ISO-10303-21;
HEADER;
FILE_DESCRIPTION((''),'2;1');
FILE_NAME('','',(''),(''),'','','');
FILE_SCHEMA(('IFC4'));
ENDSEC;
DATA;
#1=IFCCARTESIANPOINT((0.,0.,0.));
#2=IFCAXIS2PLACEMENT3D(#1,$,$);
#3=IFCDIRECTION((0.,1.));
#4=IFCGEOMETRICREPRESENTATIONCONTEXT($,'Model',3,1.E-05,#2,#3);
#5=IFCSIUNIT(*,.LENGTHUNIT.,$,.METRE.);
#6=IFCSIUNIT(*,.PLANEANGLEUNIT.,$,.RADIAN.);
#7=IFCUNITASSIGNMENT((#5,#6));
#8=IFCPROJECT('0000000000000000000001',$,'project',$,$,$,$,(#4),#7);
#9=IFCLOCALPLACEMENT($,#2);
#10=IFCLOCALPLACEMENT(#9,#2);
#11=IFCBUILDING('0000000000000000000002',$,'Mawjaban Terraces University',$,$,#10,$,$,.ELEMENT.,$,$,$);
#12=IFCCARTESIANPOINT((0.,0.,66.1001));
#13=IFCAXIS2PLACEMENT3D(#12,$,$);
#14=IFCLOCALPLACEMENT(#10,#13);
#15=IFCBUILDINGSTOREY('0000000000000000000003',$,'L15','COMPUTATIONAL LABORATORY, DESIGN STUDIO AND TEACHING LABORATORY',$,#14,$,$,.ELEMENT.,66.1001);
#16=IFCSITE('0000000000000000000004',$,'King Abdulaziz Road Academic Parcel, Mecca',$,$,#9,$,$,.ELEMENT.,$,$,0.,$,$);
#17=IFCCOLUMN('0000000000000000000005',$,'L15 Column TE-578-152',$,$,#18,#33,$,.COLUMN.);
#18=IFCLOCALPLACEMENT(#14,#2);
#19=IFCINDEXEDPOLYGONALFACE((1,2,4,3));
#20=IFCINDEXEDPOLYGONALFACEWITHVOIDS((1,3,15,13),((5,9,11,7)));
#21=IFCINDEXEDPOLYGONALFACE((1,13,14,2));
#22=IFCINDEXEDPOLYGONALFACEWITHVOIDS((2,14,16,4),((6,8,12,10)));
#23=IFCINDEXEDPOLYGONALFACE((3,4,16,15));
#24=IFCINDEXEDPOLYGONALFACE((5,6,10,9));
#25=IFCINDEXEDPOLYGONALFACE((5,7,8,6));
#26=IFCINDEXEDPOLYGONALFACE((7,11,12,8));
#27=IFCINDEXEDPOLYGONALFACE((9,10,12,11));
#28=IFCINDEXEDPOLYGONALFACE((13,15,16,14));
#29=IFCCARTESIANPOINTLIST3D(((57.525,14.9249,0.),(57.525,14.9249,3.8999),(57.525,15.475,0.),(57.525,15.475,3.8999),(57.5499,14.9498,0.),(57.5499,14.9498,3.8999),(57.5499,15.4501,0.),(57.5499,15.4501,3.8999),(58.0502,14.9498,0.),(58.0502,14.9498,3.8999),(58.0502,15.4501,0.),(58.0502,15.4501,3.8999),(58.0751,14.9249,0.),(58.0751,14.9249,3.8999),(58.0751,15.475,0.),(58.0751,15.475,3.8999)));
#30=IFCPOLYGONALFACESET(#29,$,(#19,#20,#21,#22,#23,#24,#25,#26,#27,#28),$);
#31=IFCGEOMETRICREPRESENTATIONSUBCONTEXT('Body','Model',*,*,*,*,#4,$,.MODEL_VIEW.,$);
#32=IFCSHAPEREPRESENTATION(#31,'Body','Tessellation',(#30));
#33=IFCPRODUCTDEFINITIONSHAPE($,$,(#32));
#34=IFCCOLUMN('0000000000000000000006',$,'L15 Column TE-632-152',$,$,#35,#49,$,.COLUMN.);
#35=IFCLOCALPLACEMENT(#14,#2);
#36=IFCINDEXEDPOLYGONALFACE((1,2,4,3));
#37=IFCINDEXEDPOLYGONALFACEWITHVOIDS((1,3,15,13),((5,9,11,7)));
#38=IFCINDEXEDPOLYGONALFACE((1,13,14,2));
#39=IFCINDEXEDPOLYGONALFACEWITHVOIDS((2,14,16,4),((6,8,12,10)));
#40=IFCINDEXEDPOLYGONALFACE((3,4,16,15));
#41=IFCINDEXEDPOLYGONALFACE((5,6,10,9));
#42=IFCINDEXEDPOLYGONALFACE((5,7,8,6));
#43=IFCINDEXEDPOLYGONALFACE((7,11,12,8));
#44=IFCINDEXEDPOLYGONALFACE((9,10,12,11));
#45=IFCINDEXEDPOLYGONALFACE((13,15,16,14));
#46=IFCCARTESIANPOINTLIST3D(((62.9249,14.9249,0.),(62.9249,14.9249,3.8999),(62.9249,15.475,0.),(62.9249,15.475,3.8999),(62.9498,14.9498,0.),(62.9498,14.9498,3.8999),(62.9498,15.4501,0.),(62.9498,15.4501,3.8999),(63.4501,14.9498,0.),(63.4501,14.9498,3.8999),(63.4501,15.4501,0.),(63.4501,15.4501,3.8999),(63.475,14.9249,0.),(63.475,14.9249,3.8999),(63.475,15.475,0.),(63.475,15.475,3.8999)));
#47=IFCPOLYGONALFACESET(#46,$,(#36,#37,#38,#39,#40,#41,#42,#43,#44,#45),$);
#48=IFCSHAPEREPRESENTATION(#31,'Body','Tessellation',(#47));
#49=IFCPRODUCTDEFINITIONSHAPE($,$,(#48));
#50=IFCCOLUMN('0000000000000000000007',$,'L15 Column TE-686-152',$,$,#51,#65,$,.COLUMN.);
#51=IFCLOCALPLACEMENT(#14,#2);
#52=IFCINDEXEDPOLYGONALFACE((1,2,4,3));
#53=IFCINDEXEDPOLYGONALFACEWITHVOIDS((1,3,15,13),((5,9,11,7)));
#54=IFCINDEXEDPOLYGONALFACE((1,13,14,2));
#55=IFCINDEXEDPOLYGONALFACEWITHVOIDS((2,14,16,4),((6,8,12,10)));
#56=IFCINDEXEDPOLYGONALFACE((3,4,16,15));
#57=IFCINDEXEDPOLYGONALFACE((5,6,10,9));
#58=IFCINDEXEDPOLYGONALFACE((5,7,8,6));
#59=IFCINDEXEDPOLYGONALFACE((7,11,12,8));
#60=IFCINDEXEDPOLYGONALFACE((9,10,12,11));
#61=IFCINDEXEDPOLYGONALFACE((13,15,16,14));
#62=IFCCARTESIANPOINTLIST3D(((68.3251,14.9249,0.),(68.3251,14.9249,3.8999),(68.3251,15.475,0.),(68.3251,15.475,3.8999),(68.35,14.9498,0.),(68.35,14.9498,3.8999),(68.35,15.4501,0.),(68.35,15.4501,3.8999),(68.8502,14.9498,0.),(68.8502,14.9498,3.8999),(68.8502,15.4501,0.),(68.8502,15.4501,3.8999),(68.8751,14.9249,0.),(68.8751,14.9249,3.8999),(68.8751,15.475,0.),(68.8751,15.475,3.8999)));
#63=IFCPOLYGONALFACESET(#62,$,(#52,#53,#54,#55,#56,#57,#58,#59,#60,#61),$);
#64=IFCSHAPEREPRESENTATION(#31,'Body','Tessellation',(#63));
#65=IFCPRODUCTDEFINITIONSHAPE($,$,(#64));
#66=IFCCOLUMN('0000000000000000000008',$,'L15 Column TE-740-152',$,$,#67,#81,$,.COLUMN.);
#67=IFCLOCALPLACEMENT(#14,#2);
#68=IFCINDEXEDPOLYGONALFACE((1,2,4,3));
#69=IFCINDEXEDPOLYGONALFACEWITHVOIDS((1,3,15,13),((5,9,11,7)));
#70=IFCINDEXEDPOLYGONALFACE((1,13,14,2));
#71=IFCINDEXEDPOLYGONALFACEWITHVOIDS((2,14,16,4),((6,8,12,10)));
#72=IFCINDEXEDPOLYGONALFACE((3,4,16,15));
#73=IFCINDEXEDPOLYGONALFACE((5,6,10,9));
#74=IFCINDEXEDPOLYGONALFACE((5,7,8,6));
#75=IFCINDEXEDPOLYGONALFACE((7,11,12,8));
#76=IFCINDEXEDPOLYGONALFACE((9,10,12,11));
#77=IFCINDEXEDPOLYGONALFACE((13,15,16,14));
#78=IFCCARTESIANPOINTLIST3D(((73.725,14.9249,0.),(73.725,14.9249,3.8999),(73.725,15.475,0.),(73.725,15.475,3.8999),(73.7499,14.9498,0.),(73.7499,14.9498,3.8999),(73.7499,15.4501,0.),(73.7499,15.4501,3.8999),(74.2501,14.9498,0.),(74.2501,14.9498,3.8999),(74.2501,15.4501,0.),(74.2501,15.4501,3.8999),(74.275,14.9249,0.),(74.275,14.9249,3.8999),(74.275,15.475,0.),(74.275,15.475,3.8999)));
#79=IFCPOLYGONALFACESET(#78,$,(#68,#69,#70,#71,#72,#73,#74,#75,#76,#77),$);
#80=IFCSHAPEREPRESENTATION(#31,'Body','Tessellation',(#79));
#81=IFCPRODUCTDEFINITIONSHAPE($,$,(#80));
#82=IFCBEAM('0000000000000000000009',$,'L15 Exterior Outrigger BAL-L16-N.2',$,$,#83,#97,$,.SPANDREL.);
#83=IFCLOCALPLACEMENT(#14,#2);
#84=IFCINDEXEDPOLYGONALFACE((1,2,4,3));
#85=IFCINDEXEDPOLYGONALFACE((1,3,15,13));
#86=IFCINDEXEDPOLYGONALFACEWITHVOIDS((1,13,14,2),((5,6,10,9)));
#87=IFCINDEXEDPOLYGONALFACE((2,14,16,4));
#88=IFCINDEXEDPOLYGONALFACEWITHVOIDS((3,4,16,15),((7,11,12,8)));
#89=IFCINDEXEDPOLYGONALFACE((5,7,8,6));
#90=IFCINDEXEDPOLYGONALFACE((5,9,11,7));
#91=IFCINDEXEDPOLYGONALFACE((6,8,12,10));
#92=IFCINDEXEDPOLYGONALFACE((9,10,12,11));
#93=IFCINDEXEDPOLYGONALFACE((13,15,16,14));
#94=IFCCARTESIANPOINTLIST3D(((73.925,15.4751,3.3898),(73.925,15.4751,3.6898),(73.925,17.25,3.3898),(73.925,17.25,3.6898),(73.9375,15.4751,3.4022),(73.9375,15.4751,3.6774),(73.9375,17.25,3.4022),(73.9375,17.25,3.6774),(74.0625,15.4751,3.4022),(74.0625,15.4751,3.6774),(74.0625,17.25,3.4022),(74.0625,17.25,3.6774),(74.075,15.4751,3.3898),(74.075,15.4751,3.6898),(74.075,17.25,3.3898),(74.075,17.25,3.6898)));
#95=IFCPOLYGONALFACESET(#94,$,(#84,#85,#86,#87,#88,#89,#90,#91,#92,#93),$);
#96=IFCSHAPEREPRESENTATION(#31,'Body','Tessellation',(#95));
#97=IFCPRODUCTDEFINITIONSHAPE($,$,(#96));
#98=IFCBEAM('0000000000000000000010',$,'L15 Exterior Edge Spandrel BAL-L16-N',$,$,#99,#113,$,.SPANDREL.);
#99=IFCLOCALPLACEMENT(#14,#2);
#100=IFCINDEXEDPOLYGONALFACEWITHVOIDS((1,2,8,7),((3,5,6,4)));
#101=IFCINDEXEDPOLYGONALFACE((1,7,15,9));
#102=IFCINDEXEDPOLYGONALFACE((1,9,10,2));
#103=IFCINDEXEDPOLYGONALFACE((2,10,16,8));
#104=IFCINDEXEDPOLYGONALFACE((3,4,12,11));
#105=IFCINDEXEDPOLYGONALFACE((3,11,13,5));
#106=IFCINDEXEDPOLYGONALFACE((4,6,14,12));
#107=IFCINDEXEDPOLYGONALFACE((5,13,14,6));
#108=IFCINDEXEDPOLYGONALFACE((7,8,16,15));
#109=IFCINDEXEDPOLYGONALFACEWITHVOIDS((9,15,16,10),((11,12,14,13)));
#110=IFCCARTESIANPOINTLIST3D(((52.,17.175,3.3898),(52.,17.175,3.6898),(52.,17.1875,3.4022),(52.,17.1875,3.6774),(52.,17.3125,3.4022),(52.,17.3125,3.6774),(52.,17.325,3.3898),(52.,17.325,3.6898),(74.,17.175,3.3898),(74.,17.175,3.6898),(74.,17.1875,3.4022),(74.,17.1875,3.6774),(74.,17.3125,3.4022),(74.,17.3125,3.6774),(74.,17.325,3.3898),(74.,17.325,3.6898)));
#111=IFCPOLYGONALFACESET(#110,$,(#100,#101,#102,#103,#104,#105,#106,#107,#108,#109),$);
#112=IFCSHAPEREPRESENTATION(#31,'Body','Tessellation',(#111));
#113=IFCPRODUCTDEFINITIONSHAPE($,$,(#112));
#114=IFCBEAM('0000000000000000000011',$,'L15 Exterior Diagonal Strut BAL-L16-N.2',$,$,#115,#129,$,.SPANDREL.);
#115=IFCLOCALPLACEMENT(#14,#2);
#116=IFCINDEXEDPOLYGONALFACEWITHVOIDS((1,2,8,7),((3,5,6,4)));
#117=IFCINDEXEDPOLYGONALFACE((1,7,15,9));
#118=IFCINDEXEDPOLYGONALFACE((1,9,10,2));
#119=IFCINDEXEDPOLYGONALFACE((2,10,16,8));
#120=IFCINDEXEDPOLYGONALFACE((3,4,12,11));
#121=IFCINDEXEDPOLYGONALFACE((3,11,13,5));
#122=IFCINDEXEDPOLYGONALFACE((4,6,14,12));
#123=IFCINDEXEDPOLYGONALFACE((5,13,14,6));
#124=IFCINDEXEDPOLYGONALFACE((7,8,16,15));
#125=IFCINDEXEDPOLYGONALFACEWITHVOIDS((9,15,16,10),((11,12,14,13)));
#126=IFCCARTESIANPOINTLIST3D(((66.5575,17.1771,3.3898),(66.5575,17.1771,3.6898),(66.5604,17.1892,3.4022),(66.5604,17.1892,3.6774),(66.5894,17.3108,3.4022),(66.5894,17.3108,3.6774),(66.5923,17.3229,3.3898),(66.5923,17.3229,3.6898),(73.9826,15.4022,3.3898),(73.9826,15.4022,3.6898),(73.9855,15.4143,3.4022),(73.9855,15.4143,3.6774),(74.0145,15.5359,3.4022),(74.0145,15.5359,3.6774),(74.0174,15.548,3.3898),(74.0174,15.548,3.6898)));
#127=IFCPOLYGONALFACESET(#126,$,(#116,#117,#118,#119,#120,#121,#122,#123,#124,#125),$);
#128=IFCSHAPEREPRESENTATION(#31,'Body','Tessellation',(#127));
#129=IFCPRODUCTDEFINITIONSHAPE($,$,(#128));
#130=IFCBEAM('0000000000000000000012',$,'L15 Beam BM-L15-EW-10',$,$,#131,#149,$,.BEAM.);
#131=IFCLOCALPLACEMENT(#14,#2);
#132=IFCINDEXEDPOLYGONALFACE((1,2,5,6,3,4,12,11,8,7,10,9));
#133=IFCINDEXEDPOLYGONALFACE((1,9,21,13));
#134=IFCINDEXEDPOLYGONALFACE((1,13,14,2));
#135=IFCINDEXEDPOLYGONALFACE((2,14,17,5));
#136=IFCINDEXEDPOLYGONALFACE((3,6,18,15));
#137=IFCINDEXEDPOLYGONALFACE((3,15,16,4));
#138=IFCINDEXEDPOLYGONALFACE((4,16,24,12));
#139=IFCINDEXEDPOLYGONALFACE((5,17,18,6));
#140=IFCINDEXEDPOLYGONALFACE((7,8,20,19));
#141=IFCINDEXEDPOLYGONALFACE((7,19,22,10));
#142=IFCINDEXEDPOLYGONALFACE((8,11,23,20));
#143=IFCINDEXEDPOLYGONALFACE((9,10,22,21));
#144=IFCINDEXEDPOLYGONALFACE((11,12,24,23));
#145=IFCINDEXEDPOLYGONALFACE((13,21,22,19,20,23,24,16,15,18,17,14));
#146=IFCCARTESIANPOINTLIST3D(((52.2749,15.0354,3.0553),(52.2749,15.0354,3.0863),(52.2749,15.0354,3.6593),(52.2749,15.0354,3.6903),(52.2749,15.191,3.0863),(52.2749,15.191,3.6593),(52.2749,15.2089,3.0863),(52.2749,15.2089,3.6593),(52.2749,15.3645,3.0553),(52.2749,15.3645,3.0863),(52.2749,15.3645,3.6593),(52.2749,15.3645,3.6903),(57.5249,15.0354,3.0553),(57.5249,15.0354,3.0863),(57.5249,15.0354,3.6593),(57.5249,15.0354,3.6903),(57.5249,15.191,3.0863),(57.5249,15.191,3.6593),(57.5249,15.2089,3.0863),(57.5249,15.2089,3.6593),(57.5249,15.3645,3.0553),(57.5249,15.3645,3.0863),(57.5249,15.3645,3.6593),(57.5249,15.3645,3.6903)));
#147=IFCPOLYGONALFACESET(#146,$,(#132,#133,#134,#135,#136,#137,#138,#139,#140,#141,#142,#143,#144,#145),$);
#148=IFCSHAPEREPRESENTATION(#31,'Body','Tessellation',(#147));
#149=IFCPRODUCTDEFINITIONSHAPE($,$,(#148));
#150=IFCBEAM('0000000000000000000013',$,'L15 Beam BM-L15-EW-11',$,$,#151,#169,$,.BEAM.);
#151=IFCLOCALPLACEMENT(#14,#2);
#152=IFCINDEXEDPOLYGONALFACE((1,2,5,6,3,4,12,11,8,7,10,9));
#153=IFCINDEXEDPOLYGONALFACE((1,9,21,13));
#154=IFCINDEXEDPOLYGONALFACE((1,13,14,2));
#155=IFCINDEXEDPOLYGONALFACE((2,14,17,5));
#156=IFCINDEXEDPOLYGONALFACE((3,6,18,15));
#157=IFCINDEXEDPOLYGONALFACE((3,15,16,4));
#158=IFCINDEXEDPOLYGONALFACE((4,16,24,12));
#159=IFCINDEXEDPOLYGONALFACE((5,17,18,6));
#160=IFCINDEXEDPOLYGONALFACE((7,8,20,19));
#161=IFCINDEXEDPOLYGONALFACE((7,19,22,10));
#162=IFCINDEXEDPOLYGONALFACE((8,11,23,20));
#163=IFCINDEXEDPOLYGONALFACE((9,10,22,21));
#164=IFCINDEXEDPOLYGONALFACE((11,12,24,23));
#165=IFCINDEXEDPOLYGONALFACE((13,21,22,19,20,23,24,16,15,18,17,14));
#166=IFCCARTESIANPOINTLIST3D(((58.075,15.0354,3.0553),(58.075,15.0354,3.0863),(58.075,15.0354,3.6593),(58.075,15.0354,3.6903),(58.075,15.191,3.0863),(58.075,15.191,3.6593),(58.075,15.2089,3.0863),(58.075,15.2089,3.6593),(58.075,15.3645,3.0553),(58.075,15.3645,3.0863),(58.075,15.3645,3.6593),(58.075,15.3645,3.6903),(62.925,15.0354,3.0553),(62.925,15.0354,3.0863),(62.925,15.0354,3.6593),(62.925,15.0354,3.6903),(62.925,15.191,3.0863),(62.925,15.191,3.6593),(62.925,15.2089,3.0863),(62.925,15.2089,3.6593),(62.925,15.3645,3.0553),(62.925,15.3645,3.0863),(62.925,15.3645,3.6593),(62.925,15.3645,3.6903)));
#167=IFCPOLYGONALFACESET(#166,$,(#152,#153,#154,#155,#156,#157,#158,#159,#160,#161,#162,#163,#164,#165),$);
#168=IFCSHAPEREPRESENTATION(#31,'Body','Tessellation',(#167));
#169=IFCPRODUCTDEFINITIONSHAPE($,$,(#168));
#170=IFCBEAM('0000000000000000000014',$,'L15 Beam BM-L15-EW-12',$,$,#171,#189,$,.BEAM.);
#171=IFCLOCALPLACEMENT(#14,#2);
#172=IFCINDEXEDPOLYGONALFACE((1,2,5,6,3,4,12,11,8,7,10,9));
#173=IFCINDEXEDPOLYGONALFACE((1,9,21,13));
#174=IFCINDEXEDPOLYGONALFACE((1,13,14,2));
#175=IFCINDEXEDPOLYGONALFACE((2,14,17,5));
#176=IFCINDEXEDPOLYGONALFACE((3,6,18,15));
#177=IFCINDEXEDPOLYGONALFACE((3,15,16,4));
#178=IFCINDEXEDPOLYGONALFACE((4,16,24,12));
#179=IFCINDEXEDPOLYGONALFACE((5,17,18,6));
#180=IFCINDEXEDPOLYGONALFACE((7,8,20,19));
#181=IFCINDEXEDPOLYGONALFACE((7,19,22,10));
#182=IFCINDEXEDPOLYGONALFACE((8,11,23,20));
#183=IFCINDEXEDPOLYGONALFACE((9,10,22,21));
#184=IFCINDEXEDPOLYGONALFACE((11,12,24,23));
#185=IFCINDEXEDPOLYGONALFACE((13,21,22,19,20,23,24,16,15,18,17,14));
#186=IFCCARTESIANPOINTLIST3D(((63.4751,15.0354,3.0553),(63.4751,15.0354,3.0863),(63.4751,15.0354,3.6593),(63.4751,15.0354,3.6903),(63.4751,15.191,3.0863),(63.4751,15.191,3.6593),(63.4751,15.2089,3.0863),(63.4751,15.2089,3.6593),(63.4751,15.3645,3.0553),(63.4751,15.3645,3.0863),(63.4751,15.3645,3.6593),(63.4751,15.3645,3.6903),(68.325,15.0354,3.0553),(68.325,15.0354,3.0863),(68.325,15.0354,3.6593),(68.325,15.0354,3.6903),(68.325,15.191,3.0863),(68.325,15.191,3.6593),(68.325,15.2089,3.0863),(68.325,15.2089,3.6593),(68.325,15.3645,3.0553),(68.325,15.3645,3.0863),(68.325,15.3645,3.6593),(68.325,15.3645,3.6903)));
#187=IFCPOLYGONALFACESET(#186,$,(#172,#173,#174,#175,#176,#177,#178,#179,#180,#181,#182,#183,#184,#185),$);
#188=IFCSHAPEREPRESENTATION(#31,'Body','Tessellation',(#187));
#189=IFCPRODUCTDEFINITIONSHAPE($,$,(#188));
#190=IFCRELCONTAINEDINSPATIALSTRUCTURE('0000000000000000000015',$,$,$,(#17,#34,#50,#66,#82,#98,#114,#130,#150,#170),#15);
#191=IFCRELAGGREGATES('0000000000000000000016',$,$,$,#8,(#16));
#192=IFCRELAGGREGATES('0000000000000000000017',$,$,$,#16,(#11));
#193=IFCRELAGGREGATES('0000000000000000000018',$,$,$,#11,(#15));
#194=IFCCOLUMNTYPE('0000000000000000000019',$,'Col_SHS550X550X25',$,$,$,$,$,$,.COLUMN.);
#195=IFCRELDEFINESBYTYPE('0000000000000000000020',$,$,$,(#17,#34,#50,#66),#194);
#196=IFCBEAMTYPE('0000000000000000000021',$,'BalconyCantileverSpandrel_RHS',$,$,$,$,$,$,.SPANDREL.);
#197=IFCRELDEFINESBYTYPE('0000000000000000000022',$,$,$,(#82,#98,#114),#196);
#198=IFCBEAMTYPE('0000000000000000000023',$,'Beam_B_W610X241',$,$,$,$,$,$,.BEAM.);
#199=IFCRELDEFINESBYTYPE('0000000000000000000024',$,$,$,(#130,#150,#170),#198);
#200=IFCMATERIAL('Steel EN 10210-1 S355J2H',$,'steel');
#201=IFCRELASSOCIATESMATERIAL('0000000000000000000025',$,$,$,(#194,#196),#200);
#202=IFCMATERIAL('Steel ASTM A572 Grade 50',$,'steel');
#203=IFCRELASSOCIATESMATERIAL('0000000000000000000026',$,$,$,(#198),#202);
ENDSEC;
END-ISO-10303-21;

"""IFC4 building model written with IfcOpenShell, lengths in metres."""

from ifc_helpers import new_model, si_unit, direction, frame, origin, origin_2d, place, context, subcontext, project, spatial, hollow_rectangle, i_section, extrude, material, material_profile, profile_set, type_object, element, save


model = new_model("IFC4")

# Units and contexts
model_context = context("Model", 3, precision=1e-05, world=origin(), true_north=direction((0.0, 1.0)))
body_context = subcontext(model_context, "Body", "Model", "MODEL_VIEW")
ifc_project = project(units=[si_unit("LENGTHUNIT", "METRE"), si_unit("PLANEANGLEUNIT", "RADIAN")], contexts=[model_context])

# Site, building, storey
site_placement = place(None, origin())
site = spatial("IfcSite", under=ifc_project, at=site_placement, Name="King Abdulaziz Road Academic Parcel, Mecca", CompositionType="ELEMENT", RefElevation=0.0)
building_placement = place(site_placement, origin())
building = spatial("IfcBuilding", under=site, at=building_placement, Name="Mawjaban Terraces University", CompositionType="ELEMENT")
storey_placement = place(building_placement, frame((0.0, 0.0, 66.1001)))
storey = spatial("IfcBuildingStorey", under=building, at=storey_placement, Name="L15", Description="COMPUTATIONAL LABORATORY, DESIGN STUDIO AND TEACHING LABORATORY", CompositionType="ELEMENT", Elevation=66.1001)

# Columns
ifc_material_1 = material(Name="Steel EN 10210-1 S355J2H", Category="steel")
ifc_material_profile_1 = material_profile(ifc_material_1, hollow_rectangle(XDim=0.55, YDim=0.55, WallThickness=0.0249, at=origin_2d()), Name="SHS550X550X25")
ifc_profile_set_1 = profile_set([ifc_material_profile_1], Name="Steel EN 10210-1 S355J2H")
column_type = type_object("IfcColumnType", Name="Col_SHS550X550X25", PredefinedType="COLUMN", material=ifc_profile_set_1)
for number, where, z_axis, x_axis, name in (
    (1, (57.8, 15.2, 0.0), (0.0, 0.0, 1.0), (1.0, 0.0, 0.0), "L15 Column TE-578-152"),
    (2, (63.2, 15.2, 0.0), (0.0, 0.0, 1.0), (1.0, 0.0, 0.0), "L15 Column TE-632-152"),
    (3, (68.6001, 15.2, 0.0), (0.0, 0.0, 1.0), (1.0, 0.0, 0.0), "L15 Column TE-686-152"),
    (4, (74.0, 15.2, 0.0), (0.0, 0.0, 1.0), (1.0, 0.0, 0.0), "L15 Column TE-740-152"),
):
    element("IfcColumn", number, at=place(storey_placement, frame(where, z_axis=z_axis, x_axis=x_axis)), inside=storey, type_object=column_type, Name=name, PredefinedType="COLUMN", context=body_context, shape_type="SweptSolid", body=[
        extrude(hollow_rectangle(XDim=0.55, YDim=0.55, WallThickness=0.0249, at=origin_2d()), origin(), (0.0, 0.0, 1.0), 3.8999),
    ])

# Beams
ifc_material_profile_2 = material_profile(ifc_material_1, hollow_rectangle(XDim=0.1499, YDim=0.3, WallThickness=0.0125, at=origin_2d()), Name="RHS300X150X12.5")
ifc_profile_set_2 = profile_set([ifc_material_profile_2], Name="Steel EN 10210-1 S355J2H")
beam_type_1 = type_object("IfcBeamType", Name="BalconyCantileverSpandrel_RHS", PredefinedType="SPANDREL", material=ifc_profile_set_2)
beam_1_placement = place(storey_placement, frame((74.0, 15.4751, 3.5398), z_axis=(0.0, 1.0, 0.0), x_axis=(-1.0, 0.0, 0.0)))
element("IfcBeam", 5, at=beam_1_placement, inside=storey, type_object=beam_type_1, Name="L15 Exterior Outrigger BAL-L16-N.2", PredefinedType="SPANDREL", context=body_context, shape_type="SweptSolid", body=[
    extrude(hollow_rectangle(XDim=0.1499, YDim=0.3, WallThickness=0.0125, at=origin_2d()), origin(), (0.0, 0.0, 1.0), 1.7749),
])
beam_2_placement = place(storey_placement, frame((52.0, 17.25, 3.5398), z_axis=(1.0, 0.0, 0.0), x_axis=(0.0, 1.0, 0.0)))
element("IfcBeam", 6, at=beam_2_placement, inside=storey, type_object=beam_type_1, Name="L15 Exterior Edge Spandrel BAL-L16-N", PredefinedType="SPANDREL", context=body_context, shape_type="SweptSolid", body=[
    extrude(hollow_rectangle(XDim=0.1499, YDim=0.3, WallThickness=0.0125, at=origin_2d()), origin(), (0.0, 0.0, 1.0), 22.0),
])
beam_3_placement = place(storey_placement, frame((74.0, 15.4751, 3.5398), z_axis=(-0.972598, 0.232492, 0.0), x_axis=(-0.232492, -0.972598, 0.0)))
element("IfcBeam", 7, at=beam_3_placement, inside=storey, type_object=beam_type_1, Name="L15 Exterior Diagonal Strut BAL-L16-N.2", PredefinedType="SPANDREL", context=body_context, shape_type="SweptSolid", body=[
    extrude(hollow_rectangle(XDim=0.1499, YDim=0.3, WallThickness=0.0125, at=origin_2d()), origin(), (0.0, 0.0, 1.0), 7.6343),
])
ifc_material_2 = material(Name="Steel ASTM A572 Grade 50", Category="steel")
ifc_material_profile_3 = material_profile(ifc_material_2, i_section(OverallWidth=0.3291, OverallDepth=0.635, WebThickness=0.0178, FlangeThickness=0.031, at=origin_2d()), Name="W610X241")
ifc_profile_set_3 = profile_set([ifc_material_profile_3], Name="Steel ASTM A572 Grade 50")
beam_type_2 = type_object("IfcBeamType", Name="Beam_B_W610X241", PredefinedType="BEAM", material=ifc_profile_set_3)
beam_4_placement = place(storey_placement, frame((52.2749, 15.2, 3.3728), z_axis=(1.0, 0.0, 0.0), x_axis=(0.0, 1.0, 0.0)))
element("IfcBeam", 8, at=beam_4_placement, inside=storey, type_object=beam_type_2, Name="L15 Beam BM-L15-EW-10", PredefinedType="BEAM", context=body_context, shape_type="SweptSolid", body=[
    extrude(i_section(OverallWidth=0.3291, OverallDepth=0.635, WebThickness=0.0178, FlangeThickness=0.031, at=origin_2d()), origin(), (0.0, 0.0, 1.0), 5.25),
])
beam_5_placement = place(storey_placement, frame((58.075, 15.2, 3.3728), z_axis=(1.0, 0.0, 0.0), x_axis=(0.0, 1.0, 0.0)))
element("IfcBeam", 9, at=beam_5_placement, inside=storey, type_object=beam_type_2, Name="L15 Beam BM-L15-EW-11", PredefinedType="BEAM", context=body_context, shape_type="SweptSolid", body=[
    extrude(i_section(OverallWidth=0.3291, OverallDepth=0.635, WebThickness=0.0178, FlangeThickness=0.031, at=origin_2d()), origin(), (0.0, 0.0, 1.0), 4.8501),
])
beam_6_placement = place(storey_placement, frame((63.4751, 15.2, 3.3728), z_axis=(1.0, 0.0, 0.0), x_axis=(0.0, 1.0, 0.0)))
element("IfcBeam", 10, at=beam_6_placement, inside=storey, type_object=beam_type_2, Name="L15 Beam BM-L15-EW-12", PredefinedType="BEAM", context=body_context, shape_type="SweptSolid", body=[
    extrude(i_section(OverallWidth=0.3291, OverallDepth=0.635, WebThickness=0.0178, FlangeThickness=0.031, at=origin_2d()), origin(), (0.0, 0.0, 1.0), 4.8499),
])

save(model, "model.ifc")
